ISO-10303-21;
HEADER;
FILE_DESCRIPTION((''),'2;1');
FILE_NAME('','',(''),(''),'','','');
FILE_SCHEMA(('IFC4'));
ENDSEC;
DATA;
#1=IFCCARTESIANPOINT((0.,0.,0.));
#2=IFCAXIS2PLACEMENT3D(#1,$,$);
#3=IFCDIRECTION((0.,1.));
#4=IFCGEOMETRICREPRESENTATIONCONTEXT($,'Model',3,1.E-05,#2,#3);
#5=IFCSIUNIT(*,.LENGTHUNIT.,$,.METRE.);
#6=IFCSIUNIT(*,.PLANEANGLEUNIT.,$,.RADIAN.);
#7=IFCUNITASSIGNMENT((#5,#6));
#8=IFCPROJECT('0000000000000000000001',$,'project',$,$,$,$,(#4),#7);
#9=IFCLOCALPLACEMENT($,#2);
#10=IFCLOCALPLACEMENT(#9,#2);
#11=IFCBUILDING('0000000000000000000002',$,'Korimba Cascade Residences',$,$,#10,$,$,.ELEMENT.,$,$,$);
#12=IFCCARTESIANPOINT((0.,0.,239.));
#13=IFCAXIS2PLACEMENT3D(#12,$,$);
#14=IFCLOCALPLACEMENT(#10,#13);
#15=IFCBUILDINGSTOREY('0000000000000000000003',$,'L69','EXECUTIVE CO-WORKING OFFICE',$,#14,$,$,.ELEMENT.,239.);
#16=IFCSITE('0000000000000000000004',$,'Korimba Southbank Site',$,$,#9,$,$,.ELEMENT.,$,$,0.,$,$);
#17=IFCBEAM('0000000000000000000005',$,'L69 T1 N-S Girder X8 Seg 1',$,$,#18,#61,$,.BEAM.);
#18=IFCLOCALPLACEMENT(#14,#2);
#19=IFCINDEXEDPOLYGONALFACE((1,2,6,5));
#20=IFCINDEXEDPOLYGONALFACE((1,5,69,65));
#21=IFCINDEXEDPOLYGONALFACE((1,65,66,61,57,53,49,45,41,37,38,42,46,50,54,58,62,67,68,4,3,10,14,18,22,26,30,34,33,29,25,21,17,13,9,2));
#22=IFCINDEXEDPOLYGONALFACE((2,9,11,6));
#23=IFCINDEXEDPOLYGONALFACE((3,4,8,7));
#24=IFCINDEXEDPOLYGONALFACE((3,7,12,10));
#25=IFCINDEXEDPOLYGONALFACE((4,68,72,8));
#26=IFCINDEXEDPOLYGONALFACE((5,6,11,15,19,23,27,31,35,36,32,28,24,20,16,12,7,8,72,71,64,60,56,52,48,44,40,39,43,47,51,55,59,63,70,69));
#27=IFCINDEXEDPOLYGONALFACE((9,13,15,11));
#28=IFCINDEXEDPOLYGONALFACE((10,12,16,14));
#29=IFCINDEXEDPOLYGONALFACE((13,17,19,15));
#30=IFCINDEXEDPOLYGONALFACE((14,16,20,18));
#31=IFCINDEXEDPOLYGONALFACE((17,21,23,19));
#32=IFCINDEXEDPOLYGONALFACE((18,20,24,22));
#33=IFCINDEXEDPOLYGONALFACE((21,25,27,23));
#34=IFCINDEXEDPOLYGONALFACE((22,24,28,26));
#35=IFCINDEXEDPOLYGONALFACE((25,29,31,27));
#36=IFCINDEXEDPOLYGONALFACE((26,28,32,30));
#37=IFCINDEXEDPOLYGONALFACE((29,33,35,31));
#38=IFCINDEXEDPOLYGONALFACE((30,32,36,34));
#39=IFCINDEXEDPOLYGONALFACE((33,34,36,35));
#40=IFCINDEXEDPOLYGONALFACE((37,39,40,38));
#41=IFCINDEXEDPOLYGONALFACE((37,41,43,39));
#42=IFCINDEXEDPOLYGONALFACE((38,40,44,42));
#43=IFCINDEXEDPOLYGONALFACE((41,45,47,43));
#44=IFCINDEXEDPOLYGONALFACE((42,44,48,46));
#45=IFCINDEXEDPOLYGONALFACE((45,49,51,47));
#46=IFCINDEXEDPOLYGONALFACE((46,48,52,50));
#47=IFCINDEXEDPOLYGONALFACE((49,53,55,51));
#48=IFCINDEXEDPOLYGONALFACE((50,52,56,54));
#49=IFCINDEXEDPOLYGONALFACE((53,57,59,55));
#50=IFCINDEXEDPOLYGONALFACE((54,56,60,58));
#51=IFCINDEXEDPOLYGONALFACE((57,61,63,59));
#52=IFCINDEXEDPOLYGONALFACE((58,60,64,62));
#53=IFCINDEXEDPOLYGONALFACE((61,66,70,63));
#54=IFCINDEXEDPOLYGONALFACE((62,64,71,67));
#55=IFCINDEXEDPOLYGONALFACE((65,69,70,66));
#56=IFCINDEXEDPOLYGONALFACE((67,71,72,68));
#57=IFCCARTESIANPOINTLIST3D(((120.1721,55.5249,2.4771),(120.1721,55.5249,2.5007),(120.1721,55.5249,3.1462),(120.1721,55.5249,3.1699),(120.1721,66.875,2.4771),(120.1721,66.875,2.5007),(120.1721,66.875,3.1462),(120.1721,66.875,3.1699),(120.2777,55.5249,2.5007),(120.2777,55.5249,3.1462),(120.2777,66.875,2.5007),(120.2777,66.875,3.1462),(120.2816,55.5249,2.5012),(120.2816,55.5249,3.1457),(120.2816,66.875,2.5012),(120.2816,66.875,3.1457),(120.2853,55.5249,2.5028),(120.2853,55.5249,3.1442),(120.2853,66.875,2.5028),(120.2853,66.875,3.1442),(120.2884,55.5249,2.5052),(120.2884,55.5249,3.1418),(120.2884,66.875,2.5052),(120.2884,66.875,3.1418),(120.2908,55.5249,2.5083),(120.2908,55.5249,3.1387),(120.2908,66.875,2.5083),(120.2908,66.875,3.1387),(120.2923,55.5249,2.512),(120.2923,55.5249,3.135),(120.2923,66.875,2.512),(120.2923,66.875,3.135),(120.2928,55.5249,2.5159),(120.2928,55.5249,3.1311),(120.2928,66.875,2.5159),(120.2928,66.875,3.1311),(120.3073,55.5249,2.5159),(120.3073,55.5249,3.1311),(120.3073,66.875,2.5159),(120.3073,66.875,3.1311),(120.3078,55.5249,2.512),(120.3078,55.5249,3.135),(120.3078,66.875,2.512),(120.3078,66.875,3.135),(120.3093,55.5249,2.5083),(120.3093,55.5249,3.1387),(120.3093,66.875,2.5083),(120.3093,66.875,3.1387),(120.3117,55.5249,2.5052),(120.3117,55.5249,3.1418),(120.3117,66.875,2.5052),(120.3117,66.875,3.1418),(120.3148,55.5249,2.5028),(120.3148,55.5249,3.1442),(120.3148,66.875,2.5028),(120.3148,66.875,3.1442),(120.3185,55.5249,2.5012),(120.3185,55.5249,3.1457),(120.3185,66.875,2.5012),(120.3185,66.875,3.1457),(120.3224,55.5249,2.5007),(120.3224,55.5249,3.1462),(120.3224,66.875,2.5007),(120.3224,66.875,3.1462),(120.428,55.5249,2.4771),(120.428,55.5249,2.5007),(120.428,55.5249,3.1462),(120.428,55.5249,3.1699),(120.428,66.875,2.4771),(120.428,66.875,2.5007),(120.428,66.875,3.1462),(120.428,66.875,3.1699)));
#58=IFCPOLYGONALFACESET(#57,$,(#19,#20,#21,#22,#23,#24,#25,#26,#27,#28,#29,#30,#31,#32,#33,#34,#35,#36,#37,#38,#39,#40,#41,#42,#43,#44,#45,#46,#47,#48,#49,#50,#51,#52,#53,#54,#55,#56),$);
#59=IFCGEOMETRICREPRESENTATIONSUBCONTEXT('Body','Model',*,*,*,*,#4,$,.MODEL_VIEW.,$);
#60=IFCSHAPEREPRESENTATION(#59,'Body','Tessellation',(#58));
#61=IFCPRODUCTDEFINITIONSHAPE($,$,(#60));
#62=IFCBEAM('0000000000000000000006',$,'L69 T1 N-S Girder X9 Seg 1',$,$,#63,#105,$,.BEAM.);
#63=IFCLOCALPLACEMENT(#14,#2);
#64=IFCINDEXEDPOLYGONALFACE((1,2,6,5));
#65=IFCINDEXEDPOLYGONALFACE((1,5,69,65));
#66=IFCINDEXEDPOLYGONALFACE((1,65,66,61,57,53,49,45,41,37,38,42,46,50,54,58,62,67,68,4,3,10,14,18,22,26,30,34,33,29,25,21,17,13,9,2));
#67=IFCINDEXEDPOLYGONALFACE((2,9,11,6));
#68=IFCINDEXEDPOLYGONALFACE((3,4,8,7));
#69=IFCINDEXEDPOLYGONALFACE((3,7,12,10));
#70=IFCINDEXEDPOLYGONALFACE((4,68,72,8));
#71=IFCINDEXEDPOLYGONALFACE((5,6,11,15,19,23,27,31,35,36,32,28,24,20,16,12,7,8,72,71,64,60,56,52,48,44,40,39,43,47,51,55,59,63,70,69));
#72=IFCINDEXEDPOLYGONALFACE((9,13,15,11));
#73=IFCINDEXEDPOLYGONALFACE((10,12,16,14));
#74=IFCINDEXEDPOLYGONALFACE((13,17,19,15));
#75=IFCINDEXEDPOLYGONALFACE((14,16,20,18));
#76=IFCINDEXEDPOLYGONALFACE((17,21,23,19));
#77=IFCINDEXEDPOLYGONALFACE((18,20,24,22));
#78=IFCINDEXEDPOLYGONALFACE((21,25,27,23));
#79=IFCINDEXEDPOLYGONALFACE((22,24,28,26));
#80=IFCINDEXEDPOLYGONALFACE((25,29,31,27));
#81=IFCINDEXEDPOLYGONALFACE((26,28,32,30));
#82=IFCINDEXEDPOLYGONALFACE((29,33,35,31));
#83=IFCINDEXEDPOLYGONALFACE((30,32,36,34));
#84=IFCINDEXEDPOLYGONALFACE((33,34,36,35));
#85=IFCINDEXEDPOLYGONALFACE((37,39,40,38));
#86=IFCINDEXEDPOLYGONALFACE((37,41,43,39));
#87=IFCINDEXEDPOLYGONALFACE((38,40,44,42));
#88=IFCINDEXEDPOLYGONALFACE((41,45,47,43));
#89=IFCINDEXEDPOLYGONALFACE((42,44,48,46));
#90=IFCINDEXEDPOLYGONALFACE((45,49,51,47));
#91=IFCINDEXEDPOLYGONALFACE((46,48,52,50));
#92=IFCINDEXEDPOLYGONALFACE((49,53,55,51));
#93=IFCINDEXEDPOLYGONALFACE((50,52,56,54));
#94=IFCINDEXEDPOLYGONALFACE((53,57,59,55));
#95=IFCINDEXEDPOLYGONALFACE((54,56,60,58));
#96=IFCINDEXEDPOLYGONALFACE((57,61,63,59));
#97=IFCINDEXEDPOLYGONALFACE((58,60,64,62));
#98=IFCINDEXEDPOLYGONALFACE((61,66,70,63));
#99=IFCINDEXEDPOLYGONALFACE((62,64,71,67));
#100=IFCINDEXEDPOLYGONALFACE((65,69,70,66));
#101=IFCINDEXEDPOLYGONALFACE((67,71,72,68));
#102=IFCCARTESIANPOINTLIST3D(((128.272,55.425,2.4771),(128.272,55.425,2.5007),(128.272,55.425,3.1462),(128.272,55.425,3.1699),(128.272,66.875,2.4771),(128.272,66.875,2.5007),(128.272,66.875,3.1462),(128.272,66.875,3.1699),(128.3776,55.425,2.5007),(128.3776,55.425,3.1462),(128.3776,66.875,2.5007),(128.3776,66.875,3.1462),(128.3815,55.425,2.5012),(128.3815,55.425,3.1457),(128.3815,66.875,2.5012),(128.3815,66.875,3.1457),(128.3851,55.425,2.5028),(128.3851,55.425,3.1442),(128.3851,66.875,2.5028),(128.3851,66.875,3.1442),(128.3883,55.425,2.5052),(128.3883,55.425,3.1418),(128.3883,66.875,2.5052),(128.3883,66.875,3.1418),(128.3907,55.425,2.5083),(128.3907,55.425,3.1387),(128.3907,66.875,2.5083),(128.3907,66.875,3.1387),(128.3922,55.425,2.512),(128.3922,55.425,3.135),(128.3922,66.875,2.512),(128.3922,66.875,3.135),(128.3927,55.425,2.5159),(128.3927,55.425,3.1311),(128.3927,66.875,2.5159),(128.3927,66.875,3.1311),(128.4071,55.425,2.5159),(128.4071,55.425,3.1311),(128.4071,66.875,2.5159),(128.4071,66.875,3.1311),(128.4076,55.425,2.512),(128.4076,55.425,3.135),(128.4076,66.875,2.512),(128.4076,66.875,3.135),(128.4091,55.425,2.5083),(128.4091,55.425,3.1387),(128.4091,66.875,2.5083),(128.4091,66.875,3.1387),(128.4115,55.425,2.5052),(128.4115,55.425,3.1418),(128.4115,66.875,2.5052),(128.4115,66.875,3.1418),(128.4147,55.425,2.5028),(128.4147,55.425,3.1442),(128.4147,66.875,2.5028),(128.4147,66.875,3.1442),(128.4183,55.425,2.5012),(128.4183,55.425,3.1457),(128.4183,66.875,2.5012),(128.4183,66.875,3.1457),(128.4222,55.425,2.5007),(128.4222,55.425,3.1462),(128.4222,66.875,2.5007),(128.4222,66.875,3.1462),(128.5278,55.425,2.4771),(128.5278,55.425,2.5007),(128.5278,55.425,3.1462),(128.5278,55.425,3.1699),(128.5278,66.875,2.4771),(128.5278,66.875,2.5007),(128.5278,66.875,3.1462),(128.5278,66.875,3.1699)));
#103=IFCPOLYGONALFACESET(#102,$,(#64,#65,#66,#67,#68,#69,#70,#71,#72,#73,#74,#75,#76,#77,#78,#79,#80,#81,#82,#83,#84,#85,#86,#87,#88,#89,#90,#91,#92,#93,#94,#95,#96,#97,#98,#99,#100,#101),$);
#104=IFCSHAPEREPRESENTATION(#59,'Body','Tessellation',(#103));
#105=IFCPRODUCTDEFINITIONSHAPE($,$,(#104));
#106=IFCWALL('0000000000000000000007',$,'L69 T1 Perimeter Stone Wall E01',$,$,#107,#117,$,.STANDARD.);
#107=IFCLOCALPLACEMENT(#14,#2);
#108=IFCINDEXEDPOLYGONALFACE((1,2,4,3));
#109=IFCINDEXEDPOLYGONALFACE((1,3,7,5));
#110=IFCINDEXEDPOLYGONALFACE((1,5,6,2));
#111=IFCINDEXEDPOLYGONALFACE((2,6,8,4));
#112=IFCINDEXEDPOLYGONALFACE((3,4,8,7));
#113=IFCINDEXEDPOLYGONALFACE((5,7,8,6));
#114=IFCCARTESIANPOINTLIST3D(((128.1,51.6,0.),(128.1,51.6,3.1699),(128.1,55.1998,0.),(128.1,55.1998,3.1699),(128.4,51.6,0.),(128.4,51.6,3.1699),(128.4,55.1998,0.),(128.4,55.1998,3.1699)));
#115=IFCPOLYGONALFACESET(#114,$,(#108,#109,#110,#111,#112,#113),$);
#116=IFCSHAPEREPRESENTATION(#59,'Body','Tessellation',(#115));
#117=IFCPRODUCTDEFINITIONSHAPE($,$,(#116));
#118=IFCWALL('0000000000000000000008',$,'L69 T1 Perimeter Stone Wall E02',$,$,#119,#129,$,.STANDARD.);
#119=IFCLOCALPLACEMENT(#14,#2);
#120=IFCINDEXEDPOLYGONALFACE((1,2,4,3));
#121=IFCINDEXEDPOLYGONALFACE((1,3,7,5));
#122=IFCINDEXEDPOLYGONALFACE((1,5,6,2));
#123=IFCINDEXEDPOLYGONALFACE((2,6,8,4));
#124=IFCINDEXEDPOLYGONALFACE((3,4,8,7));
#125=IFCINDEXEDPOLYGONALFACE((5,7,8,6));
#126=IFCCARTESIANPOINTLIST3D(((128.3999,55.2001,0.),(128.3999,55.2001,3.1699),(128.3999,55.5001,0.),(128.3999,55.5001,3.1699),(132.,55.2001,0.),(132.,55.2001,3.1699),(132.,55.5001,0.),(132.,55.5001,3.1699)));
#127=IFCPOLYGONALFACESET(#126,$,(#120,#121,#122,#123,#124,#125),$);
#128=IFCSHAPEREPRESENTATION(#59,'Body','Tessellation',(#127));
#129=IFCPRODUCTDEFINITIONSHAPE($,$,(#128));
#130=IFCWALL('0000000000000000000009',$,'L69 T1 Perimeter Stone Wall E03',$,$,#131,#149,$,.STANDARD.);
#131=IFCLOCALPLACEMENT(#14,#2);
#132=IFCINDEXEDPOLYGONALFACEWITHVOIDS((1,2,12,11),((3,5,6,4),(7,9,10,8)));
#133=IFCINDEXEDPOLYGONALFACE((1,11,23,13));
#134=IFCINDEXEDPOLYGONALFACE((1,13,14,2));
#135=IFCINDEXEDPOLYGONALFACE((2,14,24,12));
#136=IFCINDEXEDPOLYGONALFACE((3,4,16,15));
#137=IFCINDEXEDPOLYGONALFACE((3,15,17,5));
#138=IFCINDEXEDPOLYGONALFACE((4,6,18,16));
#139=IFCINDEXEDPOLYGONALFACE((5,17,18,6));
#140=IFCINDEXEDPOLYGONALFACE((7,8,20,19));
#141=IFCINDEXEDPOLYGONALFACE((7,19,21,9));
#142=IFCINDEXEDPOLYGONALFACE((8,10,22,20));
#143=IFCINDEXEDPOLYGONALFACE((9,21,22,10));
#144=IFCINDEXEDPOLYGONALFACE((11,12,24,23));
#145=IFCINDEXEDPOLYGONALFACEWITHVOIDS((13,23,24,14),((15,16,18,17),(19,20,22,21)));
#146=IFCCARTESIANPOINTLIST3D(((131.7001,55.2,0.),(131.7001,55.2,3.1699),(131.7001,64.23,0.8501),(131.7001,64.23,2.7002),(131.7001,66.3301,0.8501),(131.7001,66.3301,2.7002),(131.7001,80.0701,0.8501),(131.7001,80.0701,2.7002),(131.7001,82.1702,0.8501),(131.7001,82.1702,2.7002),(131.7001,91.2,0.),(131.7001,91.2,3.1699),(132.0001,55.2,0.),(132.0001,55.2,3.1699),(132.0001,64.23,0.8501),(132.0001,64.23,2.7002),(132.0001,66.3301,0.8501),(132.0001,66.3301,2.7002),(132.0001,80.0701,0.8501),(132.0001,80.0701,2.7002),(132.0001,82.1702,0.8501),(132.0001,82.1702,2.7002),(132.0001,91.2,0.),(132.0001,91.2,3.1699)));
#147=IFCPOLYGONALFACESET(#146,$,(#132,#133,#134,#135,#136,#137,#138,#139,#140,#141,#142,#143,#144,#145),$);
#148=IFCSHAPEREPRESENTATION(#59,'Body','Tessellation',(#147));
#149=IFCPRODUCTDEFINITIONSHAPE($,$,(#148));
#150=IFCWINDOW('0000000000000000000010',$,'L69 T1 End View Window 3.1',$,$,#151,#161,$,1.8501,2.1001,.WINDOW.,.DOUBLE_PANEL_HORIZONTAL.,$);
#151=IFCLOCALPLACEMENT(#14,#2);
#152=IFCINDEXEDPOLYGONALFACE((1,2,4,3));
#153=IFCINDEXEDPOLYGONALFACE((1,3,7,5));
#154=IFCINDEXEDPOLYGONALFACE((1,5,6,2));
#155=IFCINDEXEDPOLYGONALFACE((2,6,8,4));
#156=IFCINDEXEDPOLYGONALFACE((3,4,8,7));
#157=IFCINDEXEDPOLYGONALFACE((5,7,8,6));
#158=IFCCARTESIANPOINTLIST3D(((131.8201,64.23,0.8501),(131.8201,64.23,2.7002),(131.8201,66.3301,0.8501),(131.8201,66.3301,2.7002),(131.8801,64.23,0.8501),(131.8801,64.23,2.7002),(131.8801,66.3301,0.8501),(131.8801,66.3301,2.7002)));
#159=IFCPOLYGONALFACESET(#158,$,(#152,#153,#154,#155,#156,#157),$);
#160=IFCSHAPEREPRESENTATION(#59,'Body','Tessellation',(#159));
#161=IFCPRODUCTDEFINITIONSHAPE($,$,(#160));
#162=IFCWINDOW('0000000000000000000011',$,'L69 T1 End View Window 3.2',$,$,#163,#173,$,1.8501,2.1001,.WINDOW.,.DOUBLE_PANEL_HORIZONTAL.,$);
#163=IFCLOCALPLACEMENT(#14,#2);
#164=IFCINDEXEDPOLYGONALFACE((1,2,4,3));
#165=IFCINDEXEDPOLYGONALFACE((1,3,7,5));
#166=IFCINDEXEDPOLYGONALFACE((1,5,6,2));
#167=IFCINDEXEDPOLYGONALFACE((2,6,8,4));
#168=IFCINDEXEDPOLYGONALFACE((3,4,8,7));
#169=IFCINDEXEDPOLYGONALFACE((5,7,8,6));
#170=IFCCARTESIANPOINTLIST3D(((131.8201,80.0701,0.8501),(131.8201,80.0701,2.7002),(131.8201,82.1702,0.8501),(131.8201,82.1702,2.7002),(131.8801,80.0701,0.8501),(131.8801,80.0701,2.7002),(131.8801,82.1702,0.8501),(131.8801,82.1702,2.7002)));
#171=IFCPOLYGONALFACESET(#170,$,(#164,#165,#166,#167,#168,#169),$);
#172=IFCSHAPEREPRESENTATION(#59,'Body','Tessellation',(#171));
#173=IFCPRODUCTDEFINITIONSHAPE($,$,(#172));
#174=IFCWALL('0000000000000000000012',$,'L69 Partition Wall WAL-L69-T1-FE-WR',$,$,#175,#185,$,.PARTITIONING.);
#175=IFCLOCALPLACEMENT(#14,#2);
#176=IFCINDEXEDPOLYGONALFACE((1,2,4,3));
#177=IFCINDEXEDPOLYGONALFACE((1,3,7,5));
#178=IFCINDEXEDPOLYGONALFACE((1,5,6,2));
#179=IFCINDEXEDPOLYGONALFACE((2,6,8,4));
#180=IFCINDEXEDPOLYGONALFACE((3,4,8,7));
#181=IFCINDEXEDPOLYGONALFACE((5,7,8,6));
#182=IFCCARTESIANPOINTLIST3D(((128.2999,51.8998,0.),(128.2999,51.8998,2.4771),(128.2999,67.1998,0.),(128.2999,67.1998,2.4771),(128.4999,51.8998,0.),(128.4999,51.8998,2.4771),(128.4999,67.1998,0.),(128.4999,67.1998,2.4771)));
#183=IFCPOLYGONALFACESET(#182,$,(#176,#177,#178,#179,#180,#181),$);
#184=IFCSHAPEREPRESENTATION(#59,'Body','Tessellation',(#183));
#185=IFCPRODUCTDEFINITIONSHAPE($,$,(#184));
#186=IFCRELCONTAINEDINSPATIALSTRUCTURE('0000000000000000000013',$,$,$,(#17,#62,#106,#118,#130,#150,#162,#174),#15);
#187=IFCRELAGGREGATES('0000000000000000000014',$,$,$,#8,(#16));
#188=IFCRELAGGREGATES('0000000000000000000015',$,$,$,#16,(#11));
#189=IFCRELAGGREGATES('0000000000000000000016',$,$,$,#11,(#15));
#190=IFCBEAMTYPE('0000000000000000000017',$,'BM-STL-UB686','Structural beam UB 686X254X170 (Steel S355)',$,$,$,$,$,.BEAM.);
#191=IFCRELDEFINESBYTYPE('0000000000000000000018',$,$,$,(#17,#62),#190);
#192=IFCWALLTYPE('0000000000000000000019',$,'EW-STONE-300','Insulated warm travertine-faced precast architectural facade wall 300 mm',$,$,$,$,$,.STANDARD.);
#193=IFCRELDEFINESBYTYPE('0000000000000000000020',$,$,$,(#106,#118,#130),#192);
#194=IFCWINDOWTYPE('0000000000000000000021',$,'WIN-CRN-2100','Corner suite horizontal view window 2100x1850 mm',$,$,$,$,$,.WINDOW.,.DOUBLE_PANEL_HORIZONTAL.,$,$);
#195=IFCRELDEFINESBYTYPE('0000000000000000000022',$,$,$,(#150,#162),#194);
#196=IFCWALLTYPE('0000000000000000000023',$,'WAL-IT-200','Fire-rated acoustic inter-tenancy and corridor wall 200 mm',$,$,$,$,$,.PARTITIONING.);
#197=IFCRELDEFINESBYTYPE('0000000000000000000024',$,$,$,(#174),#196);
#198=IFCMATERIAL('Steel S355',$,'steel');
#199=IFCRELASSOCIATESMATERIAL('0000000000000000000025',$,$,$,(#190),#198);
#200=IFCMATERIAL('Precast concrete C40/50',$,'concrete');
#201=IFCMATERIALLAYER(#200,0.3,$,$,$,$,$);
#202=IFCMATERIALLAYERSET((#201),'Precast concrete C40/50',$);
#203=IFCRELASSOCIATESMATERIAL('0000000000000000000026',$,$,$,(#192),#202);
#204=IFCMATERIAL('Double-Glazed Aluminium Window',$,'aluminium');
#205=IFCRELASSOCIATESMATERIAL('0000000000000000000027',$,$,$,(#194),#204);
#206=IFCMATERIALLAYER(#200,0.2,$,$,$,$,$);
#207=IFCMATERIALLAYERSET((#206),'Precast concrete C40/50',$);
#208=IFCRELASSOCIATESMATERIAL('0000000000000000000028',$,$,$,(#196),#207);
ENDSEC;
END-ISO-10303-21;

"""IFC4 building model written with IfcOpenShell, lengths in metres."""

from ifc_helpers import new_model, si_unit, direction, frame, frame_2d, origin, origin_2d, place, context, subcontext, project, spatial, rectangle, i_section, extrude, material, layer, layer_set, material_profile, profile_set, type_object, element, fill, save


model = new_model("IFC4")

# Units and contexts
model_context = context("Model", 3, precision=1e-05, world=origin(), true_north=direction((0.0, 1.0)))
body_context = subcontext(model_context, "Body", "Model", "MODEL_VIEW")
ifc_project = project(units=[si_unit("LENGTHUNIT", "METRE"), si_unit("PLANEANGLEUNIT", "RADIAN")], contexts=[model_context])

# Site, building, storey
site_placement = place(None, origin())
site = spatial("IfcSite", under=ifc_project, at=site_placement, Name="Korimba Southbank Site", CompositionType="ELEMENT", RefElevation=0.0)
building_placement = place(site_placement, origin())
building = spatial("IfcBuilding", under=site, at=building_placement, Name="Korimba Cascade Residences", CompositionType="ELEMENT")
storey_placement = place(building_placement, frame((0.0, 0.0, 239.0)))
storey = spatial("IfcBuildingStorey", under=building, at=storey_placement, Name="L69", Description="EXECUTIVE CO-WORKING OFFICE", CompositionType="ELEMENT", Elevation=239.0)

# Beams
ifc_material_1 = material(Name="Steel S355", Category="steel")
ifc_material_profile_1 = material_profile(ifc_material_1, i_section(OverallWidth=0.2559, OverallDepth=0.6929, WebThickness=0.0144, FlangeThickness=0.0237, FilletRadius=0.0151, at=origin_2d()), Name="Steel S355")
ifc_profile_set_1 = profile_set([ifc_material_profile_1], Name="Steel S355")
beam_type_1 = type_object("IfcBeamType", Name="BM-STL-UB686", Description="Structural beam UB 686X254X170 (Steel S355)", PredefinedType="BEAM", material=ifc_profile_set_1)
beam_1_placement = place(storey_placement, frame((120.3, 55.5249, 2.8235), z_axis=(0.0, 1.0, 0.0), x_axis=(-1.0, 0.0, 0.0)))
element("IfcBeam", 1, at=beam_1_placement, inside=storey, type_object=beam_type_1, Name="L69 T1 N-S Girder X8 Seg 1", PredefinedType="BEAM", context=body_context, shape_type="SweptSolid", body=[
    extrude(i_section(OverallWidth=0.2559, OverallDepth=0.6929, WebThickness=0.0144, FlangeThickness=0.0237, FilletRadius=0.0151, at=origin_2d()), origin(), (0.0, 0.0, 1.0), 11.3501),
])
beam_2_placement = place(storey_placement, frame((128.3999, 55.425, 2.8235), z_axis=(0.0, 1.0, 0.0), x_axis=(-1.0, 0.0, 0.0)))
element("IfcBeam", 2, at=beam_2_placement, inside=storey, type_object=beam_type_1, Name="L69 T1 N-S Girder X9 Seg 1", PredefinedType="BEAM", context=body_context, shape_type="SweptSolid", body=[
    extrude(i_section(OverallWidth=0.2559, OverallDepth=0.6929, WebThickness=0.0144, FlangeThickness=0.0237, FilletRadius=0.0151, at=origin_2d()), origin(), (0.0, 0.0, 1.0), 11.45),
])

# Walls
ifc_material_2 = material(Name="Precast concrete C40/50", Category="concrete")
ifc_layer_1 = layer(ifc_material_2, 0.3)
ifc_layer_set_1 = layer_set([ifc_layer_1], Name="Precast concrete C40/50")
wall_type_1 = type_object("IfcWallType", Name="EW-STONE-300", Description="Insulated warm travertine-faced precast architectural facade wall 300 mm", PredefinedType="STANDARD", material=ifc_layer_set_1)
wall_1_placement = place(storey_placement, frame((128.25, 51.6001, 0.0), z_axis=(0.0, 0.0, 1.0), x_axis=(0.0, 1.0, 0.0)))
element("IfcWall", 3, at=wall_1_placement, inside=storey, type_object=wall_type_1, Name="L69 T1 Perimeter Stone Wall E01", PredefinedType="STANDARD", context=body_context, shape_type="SweptSolid", body=[
    extrude(rectangle(XDim=3.5999, YDim=0.3, at=frame_2d((1.7998, 0.0))), origin(), (0.0, 0.0, 1.0), 3.1699),
])
wall_2_placement = place(storey_placement, frame((128.3999, 55.3501, 0.0), z_axis=(0.0, 0.0, 1.0), x_axis=(1.0, 0.0, 0.0)))
element("IfcWall", 4, at=wall_2_placement, inside=storey, type_object=wall_type_1, Name="L69 T1 Perimeter Stone Wall E02", PredefinedType="STANDARD", context=body_context, shape_type="SweptSolid", body=[
    extrude(rectangle(XDim=3.6001, YDim=0.3, at=frame_2d((1.8, 0.0))), origin(), (0.0, 0.0, 1.0), 3.1699),
])

# Wall, openings, windows
wall_3_placement = place(storey_placement, frame((131.8501, 55.2, 0.0), z_axis=(0.0, 0.0, 1.0), x_axis=(0.0, 1.0, 0.0)))
wall_3 = element("IfcWall", 5, at=wall_3_placement, inside=storey, type_object=wall_type_1, Name="L69 T1 Perimeter Stone Wall E03", PredefinedType="STANDARD", context=body_context, shape_type="SweptSolid", body=[
    extrude(rectangle(XDim=36.0, YDim=0.3, at=frame_2d((18.0, 0.0))), origin(), (0.0, 0.0, 1.0), 3.1699),
])
opening_1_placement = place(wall_3_placement, frame((9.03, 0.0, 0.8501)))
opening_1 = element("IfcOpeningElement", 6, at=opening_1_placement, cuts=wall_3, PredefinedType="OPENING", context=body_context, shape_type="SweptSolid", body=[
    extrude(rectangle(XDim=2.1001, YDim=1.8501, at=frame_2d((1.05, 0.925))), frame((0.0, 0.1602, 0.0), z_axis=(0.0, -1.0, 0.0), x_axis=(1.0, 0.0, 0.0)), (0.0, 0.0, 1.0), 0.3201),
])
opening_2_placement = place(wall_3_placement, frame((24.8701, 0.0, 0.8501)))
opening_2 = element("IfcOpeningElement", 7, at=opening_2_placement, cuts=wall_3, PredefinedType="OPENING", context=body_context, shape_type="SweptSolid", body=[
    extrude(rectangle(XDim=2.1001, YDim=1.8501, at=frame_2d((1.05, 0.925))), frame((0.0, 0.1602, 0.0), z_axis=(0.0, -1.0, 0.0), x_axis=(1.0, 0.0, 0.0)), (0.0, 0.0, 1.0), 0.3201),
])
ifc_material_3 = material(Name="Double-Glazed Aluminium Window", Category="aluminium")
window_type = type_object("IfcWindowType", Name="WIN-CRN-2100", Description="Corner suite horizontal view window 2100x1850 mm", PartitioningType="DOUBLE_PANEL_HORIZONTAL", PredefinedType="WINDOW", material=ifc_material_3)
window_1_placement = place(opening_1_placement, origin())
window_1 = element("IfcWindow", 8, at=window_1_placement, inside=storey, type_object=window_type, Name="L69 T1 End View Window 3.1", OverallHeight=1.8501, OverallWidth=2.1001, PartitioningType="DOUBLE_PANEL_HORIZONTAL", PredefinedType="WINDOW", context=body_context, shape_type="SweptSolid", body=[
    extrude(rectangle(XDim=2.1001, YDim=1.8501, at=frame_2d((1.05, 0.925))), frame((0.0, 0.03, 0.0), z_axis=(0.0, -1.0, 0.0), x_axis=(1.0, 0.0, 0.0)), (0.0, 0.0, 1.0), 0.0601),
])
fill(opening_1, window_1)
window_2_placement = place(opening_2_placement, origin())
window_2 = element("IfcWindow", 9, at=window_2_placement, inside=storey, type_object=window_type, Name="L69 T1 End View Window 3.2", OverallHeight=1.8501, OverallWidth=2.1001, PartitioningType="DOUBLE_PANEL_HORIZONTAL", PredefinedType="WINDOW", context=body_context, shape_type="SweptSolid", body=[
    extrude(rectangle(XDim=2.1001, YDim=1.8501, at=frame_2d((1.05, 0.925))), frame((0.0, 0.03, 0.0), z_axis=(0.0, -1.0, 0.0), x_axis=(1.0, 0.0, 0.0)), (0.0, 0.0, 1.0), 0.0601),
])
fill(opening_2, window_2)

# Wall
ifc_layer_2 = layer(ifc_material_2, 0.2)
ifc_layer_set_2 = layer_set([ifc_layer_2], Name="Precast concrete C40/50")
wall_type_2 = type_object("IfcWallType", Name="WAL-IT-200", Description="Fire-rated acoustic inter-tenancy and corridor wall 200 mm", PredefinedType="PARTITIONING", material=ifc_layer_set_2)
wall_4_placement = place(storey_placement, frame((128.3999, 51.8999, 0.0), z_axis=(0.0, 0.0, 1.0), x_axis=(0.0, 1.0, 0.0)))
element("IfcWall", 10, at=wall_4_placement, inside=storey, type_object=wall_type_2, Name="L69 Partition Wall WAL-L69-T1-FE-WR", PredefinedType="PARTITIONING", context=body_context, shape_type="SweptSolid", body=[
    extrude(rectangle(XDim=15.3, YDim=0.2, at=frame_2d((7.6499, 0.0))), origin(), (0.0, 0.0, 1.0), 2.4771),
])

save(model, "model.ifc")
